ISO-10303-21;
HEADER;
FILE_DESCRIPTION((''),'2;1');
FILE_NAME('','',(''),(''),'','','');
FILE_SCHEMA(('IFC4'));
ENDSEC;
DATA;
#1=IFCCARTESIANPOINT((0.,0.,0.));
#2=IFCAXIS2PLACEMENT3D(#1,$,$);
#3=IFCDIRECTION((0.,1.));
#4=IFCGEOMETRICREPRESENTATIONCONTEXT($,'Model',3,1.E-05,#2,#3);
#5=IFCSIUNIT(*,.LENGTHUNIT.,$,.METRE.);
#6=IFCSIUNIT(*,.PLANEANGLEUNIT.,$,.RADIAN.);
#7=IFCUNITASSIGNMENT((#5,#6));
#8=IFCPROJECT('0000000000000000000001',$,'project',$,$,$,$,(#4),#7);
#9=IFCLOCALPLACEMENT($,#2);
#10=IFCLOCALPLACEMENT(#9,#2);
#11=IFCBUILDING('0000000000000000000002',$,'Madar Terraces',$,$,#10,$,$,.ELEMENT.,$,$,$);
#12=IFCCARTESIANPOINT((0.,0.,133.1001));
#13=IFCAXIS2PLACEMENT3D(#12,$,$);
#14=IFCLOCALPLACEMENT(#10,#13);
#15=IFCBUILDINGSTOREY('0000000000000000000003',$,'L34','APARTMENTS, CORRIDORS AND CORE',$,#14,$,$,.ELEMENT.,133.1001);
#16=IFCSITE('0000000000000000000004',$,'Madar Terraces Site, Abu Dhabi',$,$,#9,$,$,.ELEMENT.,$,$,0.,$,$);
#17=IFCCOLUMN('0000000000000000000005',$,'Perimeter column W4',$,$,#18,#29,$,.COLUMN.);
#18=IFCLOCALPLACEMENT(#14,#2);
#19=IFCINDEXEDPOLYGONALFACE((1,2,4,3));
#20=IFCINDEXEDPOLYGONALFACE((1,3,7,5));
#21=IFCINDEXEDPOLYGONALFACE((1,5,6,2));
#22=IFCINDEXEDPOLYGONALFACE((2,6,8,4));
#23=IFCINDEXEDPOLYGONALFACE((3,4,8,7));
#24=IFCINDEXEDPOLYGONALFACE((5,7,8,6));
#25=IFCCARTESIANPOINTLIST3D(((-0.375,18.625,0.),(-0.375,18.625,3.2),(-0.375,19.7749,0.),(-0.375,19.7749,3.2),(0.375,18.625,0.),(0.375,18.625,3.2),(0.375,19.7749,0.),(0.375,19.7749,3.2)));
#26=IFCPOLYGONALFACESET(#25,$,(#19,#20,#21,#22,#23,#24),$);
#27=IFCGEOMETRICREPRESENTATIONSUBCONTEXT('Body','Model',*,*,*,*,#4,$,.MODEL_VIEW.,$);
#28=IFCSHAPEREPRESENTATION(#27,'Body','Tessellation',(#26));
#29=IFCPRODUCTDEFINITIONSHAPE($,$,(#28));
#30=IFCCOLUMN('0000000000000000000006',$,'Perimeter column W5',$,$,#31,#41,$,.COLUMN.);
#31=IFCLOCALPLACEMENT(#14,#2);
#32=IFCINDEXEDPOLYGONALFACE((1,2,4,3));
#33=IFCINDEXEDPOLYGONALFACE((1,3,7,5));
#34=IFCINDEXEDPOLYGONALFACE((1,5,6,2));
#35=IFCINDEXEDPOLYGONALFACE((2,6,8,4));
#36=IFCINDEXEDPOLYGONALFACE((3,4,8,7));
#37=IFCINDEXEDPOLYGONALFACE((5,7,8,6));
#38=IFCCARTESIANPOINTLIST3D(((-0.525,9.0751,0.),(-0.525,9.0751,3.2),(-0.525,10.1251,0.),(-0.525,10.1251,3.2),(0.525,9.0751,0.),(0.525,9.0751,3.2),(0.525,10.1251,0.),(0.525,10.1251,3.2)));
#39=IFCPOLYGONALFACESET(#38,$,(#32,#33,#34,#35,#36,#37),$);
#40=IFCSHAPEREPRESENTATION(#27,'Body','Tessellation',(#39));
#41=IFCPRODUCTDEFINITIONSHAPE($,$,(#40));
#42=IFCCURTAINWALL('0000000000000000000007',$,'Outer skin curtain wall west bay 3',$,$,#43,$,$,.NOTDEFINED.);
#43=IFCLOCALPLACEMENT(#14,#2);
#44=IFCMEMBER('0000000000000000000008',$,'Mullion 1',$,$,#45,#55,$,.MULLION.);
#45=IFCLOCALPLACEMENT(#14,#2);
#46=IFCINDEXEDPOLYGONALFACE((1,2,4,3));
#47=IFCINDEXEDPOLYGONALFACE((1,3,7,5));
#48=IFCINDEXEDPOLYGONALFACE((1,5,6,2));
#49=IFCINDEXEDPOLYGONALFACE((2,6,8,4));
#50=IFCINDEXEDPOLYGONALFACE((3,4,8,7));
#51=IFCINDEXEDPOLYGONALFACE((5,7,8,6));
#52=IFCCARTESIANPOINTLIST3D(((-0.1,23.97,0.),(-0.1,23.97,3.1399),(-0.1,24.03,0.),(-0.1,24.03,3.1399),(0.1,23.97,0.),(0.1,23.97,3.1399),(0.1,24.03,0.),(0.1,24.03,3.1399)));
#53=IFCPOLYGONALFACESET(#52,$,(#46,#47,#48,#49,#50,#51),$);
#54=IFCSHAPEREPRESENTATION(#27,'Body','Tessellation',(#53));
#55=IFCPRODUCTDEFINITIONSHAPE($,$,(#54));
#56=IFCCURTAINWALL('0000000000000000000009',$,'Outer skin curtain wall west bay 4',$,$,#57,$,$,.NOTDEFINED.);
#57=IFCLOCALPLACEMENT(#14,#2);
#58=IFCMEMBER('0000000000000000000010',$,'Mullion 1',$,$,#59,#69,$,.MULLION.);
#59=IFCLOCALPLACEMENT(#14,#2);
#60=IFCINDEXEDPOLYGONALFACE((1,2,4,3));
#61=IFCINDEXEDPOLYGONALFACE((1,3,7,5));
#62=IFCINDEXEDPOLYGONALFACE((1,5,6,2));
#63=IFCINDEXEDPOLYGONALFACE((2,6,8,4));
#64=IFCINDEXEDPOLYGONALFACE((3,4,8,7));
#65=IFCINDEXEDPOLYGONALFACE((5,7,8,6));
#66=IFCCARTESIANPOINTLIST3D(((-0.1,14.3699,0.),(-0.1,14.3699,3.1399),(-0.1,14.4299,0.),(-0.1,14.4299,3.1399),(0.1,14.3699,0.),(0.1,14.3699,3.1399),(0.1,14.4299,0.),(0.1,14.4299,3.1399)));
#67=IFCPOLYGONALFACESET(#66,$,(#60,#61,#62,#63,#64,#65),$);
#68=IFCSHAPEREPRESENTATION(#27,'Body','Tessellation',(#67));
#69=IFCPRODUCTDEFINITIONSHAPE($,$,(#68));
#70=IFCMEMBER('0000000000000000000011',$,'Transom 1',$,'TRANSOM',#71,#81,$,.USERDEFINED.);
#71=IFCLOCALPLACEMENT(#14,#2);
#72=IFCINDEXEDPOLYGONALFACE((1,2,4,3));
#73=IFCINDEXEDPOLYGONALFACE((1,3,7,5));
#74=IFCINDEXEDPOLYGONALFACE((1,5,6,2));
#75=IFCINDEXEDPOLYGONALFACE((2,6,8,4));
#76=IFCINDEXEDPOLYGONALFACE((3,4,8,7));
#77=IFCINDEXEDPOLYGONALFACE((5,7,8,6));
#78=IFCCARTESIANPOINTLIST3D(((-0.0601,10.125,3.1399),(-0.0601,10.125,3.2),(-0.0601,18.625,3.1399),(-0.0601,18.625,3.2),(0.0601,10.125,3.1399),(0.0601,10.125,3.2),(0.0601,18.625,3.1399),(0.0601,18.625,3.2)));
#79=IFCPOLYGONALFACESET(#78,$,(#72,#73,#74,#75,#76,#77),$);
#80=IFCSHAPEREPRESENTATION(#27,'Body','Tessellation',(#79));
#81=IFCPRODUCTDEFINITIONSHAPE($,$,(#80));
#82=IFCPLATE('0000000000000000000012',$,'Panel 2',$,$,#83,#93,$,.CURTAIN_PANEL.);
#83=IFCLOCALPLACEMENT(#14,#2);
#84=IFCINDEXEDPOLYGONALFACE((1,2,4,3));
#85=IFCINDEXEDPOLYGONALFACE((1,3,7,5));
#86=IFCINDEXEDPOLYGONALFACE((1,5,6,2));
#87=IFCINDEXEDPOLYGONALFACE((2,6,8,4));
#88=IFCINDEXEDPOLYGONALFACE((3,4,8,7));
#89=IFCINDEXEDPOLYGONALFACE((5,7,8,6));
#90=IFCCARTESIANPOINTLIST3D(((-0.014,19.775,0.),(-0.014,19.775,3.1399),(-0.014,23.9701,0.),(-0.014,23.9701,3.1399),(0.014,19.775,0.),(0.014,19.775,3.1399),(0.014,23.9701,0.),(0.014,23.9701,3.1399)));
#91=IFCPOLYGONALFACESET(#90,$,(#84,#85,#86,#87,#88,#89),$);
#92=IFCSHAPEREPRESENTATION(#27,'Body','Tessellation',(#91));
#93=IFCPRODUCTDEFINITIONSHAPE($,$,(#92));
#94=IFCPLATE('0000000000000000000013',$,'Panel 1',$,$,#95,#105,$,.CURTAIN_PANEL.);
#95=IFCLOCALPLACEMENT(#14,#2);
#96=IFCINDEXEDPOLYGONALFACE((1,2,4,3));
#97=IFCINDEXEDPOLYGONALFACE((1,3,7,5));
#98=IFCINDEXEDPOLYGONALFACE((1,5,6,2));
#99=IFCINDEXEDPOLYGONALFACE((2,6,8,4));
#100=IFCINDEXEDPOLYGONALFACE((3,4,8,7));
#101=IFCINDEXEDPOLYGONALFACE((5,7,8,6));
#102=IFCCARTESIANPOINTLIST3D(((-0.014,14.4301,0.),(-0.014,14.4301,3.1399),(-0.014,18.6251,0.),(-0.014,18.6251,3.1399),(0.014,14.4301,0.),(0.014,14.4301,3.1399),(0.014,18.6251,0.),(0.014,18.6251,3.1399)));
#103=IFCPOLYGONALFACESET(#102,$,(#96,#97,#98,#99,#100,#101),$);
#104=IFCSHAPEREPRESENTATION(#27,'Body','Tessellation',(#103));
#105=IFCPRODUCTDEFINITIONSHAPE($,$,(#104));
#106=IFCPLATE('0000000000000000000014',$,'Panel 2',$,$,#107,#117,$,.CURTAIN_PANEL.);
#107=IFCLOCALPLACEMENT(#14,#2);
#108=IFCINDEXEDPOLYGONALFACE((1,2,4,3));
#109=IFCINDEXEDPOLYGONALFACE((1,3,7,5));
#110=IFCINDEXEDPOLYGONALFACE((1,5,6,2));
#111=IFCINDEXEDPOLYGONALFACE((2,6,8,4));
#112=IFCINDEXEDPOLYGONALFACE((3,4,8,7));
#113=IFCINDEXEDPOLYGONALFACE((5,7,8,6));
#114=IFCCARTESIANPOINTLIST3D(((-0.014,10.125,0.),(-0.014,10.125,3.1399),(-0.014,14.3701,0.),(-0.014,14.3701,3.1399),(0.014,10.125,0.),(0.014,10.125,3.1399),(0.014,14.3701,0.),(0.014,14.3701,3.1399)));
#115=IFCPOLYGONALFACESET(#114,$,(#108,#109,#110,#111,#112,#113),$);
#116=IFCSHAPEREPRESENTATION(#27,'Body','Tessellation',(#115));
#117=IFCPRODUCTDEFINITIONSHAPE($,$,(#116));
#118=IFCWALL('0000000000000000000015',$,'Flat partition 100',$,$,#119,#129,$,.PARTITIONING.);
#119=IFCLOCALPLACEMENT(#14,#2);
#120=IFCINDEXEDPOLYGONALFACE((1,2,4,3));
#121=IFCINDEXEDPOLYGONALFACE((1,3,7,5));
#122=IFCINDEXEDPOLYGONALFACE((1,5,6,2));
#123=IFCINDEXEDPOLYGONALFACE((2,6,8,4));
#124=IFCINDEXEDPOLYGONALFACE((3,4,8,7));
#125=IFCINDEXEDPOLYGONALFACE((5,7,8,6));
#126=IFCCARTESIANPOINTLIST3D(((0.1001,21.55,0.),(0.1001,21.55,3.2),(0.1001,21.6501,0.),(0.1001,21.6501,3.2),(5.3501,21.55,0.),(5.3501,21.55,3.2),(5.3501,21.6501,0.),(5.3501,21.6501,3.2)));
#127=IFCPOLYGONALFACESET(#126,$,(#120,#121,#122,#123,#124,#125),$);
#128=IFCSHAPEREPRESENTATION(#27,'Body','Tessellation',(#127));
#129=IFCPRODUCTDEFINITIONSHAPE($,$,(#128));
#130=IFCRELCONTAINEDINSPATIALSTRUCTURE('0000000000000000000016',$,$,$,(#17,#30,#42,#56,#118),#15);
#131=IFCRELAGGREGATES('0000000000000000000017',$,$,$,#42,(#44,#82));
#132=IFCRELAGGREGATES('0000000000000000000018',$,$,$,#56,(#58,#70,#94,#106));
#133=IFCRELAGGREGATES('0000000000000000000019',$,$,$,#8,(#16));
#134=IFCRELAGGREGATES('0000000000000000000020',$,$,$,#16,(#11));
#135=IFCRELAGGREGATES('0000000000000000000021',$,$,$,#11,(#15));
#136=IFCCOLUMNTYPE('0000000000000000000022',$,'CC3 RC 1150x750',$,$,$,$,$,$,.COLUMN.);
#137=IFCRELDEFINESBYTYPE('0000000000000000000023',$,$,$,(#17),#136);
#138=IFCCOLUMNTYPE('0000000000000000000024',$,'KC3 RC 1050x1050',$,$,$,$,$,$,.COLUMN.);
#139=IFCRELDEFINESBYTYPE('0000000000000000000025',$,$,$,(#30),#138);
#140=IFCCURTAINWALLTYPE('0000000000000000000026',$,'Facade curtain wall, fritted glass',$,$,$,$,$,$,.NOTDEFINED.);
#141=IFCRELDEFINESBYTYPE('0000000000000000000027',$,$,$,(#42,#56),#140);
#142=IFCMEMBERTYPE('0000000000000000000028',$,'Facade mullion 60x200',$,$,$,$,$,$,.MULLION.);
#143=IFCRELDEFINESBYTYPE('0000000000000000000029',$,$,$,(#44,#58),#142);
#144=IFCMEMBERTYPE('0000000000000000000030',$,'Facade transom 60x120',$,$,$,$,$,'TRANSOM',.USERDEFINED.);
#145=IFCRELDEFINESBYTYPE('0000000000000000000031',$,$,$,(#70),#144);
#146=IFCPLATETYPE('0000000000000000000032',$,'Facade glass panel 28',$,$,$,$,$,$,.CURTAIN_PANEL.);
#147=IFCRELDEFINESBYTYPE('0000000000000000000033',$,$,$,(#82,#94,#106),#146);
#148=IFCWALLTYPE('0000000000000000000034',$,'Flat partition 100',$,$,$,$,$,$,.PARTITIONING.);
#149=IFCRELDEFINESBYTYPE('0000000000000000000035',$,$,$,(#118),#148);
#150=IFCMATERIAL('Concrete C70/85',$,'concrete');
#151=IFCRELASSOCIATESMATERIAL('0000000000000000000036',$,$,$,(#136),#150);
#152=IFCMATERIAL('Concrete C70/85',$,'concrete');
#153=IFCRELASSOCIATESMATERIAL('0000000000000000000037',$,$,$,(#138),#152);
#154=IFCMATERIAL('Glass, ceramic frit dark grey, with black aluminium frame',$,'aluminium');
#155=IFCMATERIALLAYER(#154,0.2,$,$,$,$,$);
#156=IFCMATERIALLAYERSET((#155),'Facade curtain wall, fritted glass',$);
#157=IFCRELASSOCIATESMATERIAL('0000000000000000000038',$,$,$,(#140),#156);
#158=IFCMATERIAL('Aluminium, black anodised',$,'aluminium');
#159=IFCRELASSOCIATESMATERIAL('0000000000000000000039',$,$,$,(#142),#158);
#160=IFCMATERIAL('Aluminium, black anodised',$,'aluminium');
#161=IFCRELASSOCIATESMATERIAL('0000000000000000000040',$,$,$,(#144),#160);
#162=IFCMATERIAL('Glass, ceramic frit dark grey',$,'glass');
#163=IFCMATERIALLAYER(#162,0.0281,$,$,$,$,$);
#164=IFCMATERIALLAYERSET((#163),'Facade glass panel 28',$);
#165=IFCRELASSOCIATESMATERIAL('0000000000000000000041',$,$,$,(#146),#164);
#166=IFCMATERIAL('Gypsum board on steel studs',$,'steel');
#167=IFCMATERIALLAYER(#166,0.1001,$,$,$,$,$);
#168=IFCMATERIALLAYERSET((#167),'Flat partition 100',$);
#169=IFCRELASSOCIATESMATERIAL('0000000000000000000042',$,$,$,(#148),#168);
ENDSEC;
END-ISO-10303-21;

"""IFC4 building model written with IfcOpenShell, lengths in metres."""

from ifc_helpers import new_model, si_unit, direction, frame, frame_2d, origin, origin_2d, place, context, subcontext, project, spatial, rectangle, extrude, material, layer, layer_set, material_profile, profile_set, type_object, element, aggregate, save


model = new_model("IFC4")

# Units and contexts
model_context = context("Model", 3, precision=1e-05, world=origin(), true_north=direction((0.0, 1.0)))
body_context = subcontext(model_context, "Body", "Model", "MODEL_VIEW")
ifc_project = project(units=[si_unit("LENGTHUNIT", "METRE"), si_unit("PLANEANGLEUNIT", "RADIAN")], contexts=[model_context])

# Site, building, storey
site_placement = place(None, origin())
site = spatial("IfcSite", under=ifc_project, at=site_placement, Name="Madar Terraces Site, Abu Dhabi", CompositionType="ELEMENT", RefElevation=0.0)
building_placement = place(site_placement, origin())
building = spatial("IfcBuilding", under=site, at=building_placement, Name="Madar Terraces", CompositionType="ELEMENT")
storey_placement = place(building_placement, frame((0.0, 0.0, 133.1001)))
storey = spatial("IfcBuildingStorey", under=building, at=storey_placement, Name="L34", Description="APARTMENTS, CORRIDORS AND CORE", CompositionType="ELEMENT", Elevation=133.1001)

# Columns
ifc_material_1 = material(Name="Concrete C70/85", Category="concrete")
ifc_material_profile_1 = material_profile(ifc_material_1, rectangle(XDim=1.1499, YDim=0.75, at=origin_2d()), Name="CC3 RC 1150x750")
ifc_profile_set_1 = profile_set([ifc_material_profile_1], Name="Concrete C70/85")
column_type_1 = type_object("IfcColumnType", Name="CC3 RC 1150x750", PredefinedType="COLUMN", material=ifc_profile_set_1)
column_1_placement = place(storey_placement, frame((0.0, 19.2, 0.0), z_axis=(0.0, 0.0, 1.0), x_axis=(0.0, 1.0, 0.0)))
element("IfcColumn", 1, at=column_1_placement, inside=storey, type_object=column_type_1, Name="Perimeter column W4", PredefinedType="COLUMN", context=body_context, shape_type="SweptSolid", body=[
    extrude(rectangle(XDim=1.1499, YDim=0.75, at=origin_2d()), origin(), (0.0, 0.0, 1.0), 3.2),
])
ifc_material_2 = material(Name="Concrete C70/85", Category="concrete")
ifc_material_profile_2 = material_profile(ifc_material_2, rectangle(XDim=1.05, YDim=1.05, at=origin_2d()), Name="KC3 RC 1050x1050")
ifc_profile_set_2 = profile_set([ifc_material_profile_2], Name="Concrete C70/85")
column_type_2 = type_object("IfcColumnType", Name="KC3 RC 1050x1050", PredefinedType="COLUMN", material=ifc_profile_set_2)
column_2_placement = place(storey_placement, frame((0.0, 9.6001, 0.0), z_axis=(0.0, 0.0, 1.0), x_axis=(1.0, 0.0, 0.0)))
element("IfcColumn", 2, at=column_2_placement, inside=storey, type_object=column_type_2, Name="Perimeter column W5", PredefinedType="COLUMN", context=body_context, shape_type="SweptSolid", body=[
    extrude(rectangle(XDim=1.05, YDim=1.05, at=origin_2d()), origin(), (0.0, 0.0, 1.0), 3.2),
])

# Curtain wall, member
ifc_material_3 = material(Name="Glass, ceramic frit dark grey, with black aluminium frame", Category="aluminium")
ifc_layer_1 = layer(ifc_material_3, 0.2)
ifc_layer_set_1 = layer_set([ifc_layer_1], Name="Facade curtain wall, fritted glass")
curtain_wall_type = type_object("IfcCurtainWallType", Name="Facade curtain wall, fritted glass", PredefinedType="NOTDEFINED", material=ifc_layer_set_1)
curtain_wall_1_placement = place(storey_placement, origin())
curtain_wall_1 = element("IfcCurtainWall", 3, at=curtain_wall_1_placement, inside=storey, type_object=curtain_wall_type, Name="Outer skin curtain wall west bay 3", PredefinedType="NOTDEFINED")
ifc_material_4 = material(Name="Aluminium, black anodised", Category="aluminium")
ifc_material_profile_3 = material_profile(ifc_material_4, rectangle(XDim=0.2, YDim=0.0601, at=origin_2d()), Name="Facade mullion 60x200")
ifc_profile_set_3 = profile_set([ifc_material_profile_3], Name="Aluminium, black anodised")
member_type_1 = type_object("IfcMemberType", Name="Facade mullion 60x200", PredefinedType="MULLION", material=ifc_profile_set_3)
member_1_placement = place(storey_placement, frame((0.0, 24.0, 0.0), z_axis=(0.0, 0.0, 1.0), x_axis=(1.0, 0.0, 0.0)))
member_1 = element("IfcMember", 4, at=member_1_placement, type_object=member_type_1, Name="Mullion 1", PredefinedType="MULLION", context=body_context, shape_type="SweptSolid", body=[
    extrude(rectangle(XDim=0.2, YDim=0.0601, at=origin_2d()), origin(), (0.0, 0.0, 1.0), 3.1399),
])

# Curtain wall, members
curtain_wall_2_placement = place(storey_placement, origin())
curtain_wall_2 = element("IfcCurtainWall", 5, at=curtain_wall_2_placement, inside=storey, type_object=curtain_wall_type, Name="Outer skin curtain wall west bay 4", PredefinedType="NOTDEFINED")
member_2_placement = place(storey_placement, frame((0.0, 14.3999, 0.0), z_axis=(0.0, 0.0, 1.0), x_axis=(1.0, 0.0, 0.0)))
member_2 = element("IfcMember", 6, at=member_2_placement, type_object=member_type_1, Name="Mullion 1", PredefinedType="MULLION", context=body_context, shape_type="SweptSolid", body=[
    extrude(rectangle(XDim=0.2, YDim=0.0601, at=origin_2d()), origin(), (0.0, 0.0, 1.0), 3.1399),
])
ifc_material_5 = material(Name="Aluminium, black anodised", Category="aluminium")
ifc_material_profile_4 = material_profile(ifc_material_5, rectangle(XDim=0.1201, YDim=0.0601, at=origin_2d()), Name="Facade transom 60x120")
ifc_profile_set_4 = profile_set([ifc_material_profile_4], Name="Aluminium, black anodised")
member_type_2 = type_object("IfcMemberType", Name="Facade transom 60x120", ElementType="TRANSOM", PredefinedType="USERDEFINED", material=ifc_profile_set_4)
member_3_placement = place(storey_placement, frame((0.0, 18.625, 3.1699), z_axis=(0.0, -1.0, 0.0), x_axis=(1.0, 0.0, 0.0)))
member_3 = element("IfcMember", 7, at=member_3_placement, type_object=member_type_2, Name="Transom 1", ObjectType="TRANSOM", PredefinedType="USERDEFINED", context=body_context, shape_type="SweptSolid", body=[
    extrude(rectangle(XDim=0.1201, YDim=0.0601, at=origin_2d()), origin(), (0.0, 0.0, 1.0), 8.5),
])

# Plates
ifc_material_6 = material(Name="Glass, ceramic frit dark grey", Category="glass")
ifc_layer_2 = layer(ifc_material_6, 0.0281)
ifc_layer_set_2 = layer_set([ifc_layer_2], Name="Facade glass panel 28")
plate_type = type_object("IfcPlateType", Name="Facade glass panel 28", PredefinedType="CURTAIN_PANEL", material=ifc_layer_set_2)
plate_1_placement = place(storey_placement, frame((0.0, 21.8726, 0.0), z_axis=(0.0, 0.0, 1.0), x_axis=(0.0, -1.0, 0.0)))
plate_1 = element("IfcPlate", 8, at=plate_1_placement, type_object=plate_type, Name="Panel 2", PredefinedType="CURTAIN_PANEL", context=body_context, shape_type="SweptSolid", body=[
    extrude(rectangle(XDim=4.1951, YDim=0.0281, at=origin_2d()), origin(), (0.0, 0.0, 1.0), 3.1399),
])
aggregate(curtain_wall_1, [member_1, plate_1])
plate_2_placement = place(storey_placement, frame((0.0, 16.5276, 0.0), z_axis=(0.0, 0.0, 1.0), x_axis=(0.0, -1.0, 0.0)))
plate_2 = element("IfcPlate", 9, at=plate_2_placement, type_object=plate_type, Name="Panel 1", PredefinedType="CURTAIN_PANEL", context=body_context, shape_type="SweptSolid", body=[
    extrude(rectangle(XDim=4.1951, YDim=0.0281, at=origin_2d()), origin(), (0.0, 0.0, 1.0), 3.1399),
])
plate_3_placement = place(storey_placement, frame((0.0, 12.2476, 0.0), z_axis=(0.0, 0.0, 1.0), x_axis=(0.0, -1.0, 0.0)))
plate_3 = element("IfcPlate", 10, at=plate_3_placement, type_object=plate_type, Name="Panel 2", PredefinedType="CURTAIN_PANEL", context=body_context, shape_type="SweptSolid", body=[
    extrude(rectangle(XDim=4.2451, YDim=0.0281, at=origin_2d()), origin(), (0.0, 0.0, 1.0), 3.1399),
])
aggregate(curtain_wall_2, [member_2, member_3, plate_2, plate_3])

# Wall
ifc_material_7 = material(Name="Gypsum board on steel studs", Category="steel")
ifc_layer_3 = layer(ifc_material_7, 0.1001)
ifc_layer_set_3 = layer_set([ifc_layer_3], Name="Flat partition 100")
wall_type_1 = type_object("IfcWallType", Name="Flat partition 100", PredefinedType="PARTITIONING", material=ifc_layer_set_3)
wall_1_placement = place(storey_placement, frame((5.3501, 21.6001, 0.0), z_axis=(0.0, 0.0, 1.0), x_axis=(-1.0, 0.0, 0.0)))
element("IfcWall", 11, at=wall_1_placement, inside=storey, type_object=wall_type_1, Name="Flat partition 100", PredefinedType="PARTITIONING", context=body_context, shape_type="SweptSolid", body=[
    extrude(rectangle(XDim=5.25, YDim=0.1001, at=frame_2d((2.625, 0.0))), origin(), (0.0, 0.0, 1.0), 3.2),
])

save(model, "model.ifc")
